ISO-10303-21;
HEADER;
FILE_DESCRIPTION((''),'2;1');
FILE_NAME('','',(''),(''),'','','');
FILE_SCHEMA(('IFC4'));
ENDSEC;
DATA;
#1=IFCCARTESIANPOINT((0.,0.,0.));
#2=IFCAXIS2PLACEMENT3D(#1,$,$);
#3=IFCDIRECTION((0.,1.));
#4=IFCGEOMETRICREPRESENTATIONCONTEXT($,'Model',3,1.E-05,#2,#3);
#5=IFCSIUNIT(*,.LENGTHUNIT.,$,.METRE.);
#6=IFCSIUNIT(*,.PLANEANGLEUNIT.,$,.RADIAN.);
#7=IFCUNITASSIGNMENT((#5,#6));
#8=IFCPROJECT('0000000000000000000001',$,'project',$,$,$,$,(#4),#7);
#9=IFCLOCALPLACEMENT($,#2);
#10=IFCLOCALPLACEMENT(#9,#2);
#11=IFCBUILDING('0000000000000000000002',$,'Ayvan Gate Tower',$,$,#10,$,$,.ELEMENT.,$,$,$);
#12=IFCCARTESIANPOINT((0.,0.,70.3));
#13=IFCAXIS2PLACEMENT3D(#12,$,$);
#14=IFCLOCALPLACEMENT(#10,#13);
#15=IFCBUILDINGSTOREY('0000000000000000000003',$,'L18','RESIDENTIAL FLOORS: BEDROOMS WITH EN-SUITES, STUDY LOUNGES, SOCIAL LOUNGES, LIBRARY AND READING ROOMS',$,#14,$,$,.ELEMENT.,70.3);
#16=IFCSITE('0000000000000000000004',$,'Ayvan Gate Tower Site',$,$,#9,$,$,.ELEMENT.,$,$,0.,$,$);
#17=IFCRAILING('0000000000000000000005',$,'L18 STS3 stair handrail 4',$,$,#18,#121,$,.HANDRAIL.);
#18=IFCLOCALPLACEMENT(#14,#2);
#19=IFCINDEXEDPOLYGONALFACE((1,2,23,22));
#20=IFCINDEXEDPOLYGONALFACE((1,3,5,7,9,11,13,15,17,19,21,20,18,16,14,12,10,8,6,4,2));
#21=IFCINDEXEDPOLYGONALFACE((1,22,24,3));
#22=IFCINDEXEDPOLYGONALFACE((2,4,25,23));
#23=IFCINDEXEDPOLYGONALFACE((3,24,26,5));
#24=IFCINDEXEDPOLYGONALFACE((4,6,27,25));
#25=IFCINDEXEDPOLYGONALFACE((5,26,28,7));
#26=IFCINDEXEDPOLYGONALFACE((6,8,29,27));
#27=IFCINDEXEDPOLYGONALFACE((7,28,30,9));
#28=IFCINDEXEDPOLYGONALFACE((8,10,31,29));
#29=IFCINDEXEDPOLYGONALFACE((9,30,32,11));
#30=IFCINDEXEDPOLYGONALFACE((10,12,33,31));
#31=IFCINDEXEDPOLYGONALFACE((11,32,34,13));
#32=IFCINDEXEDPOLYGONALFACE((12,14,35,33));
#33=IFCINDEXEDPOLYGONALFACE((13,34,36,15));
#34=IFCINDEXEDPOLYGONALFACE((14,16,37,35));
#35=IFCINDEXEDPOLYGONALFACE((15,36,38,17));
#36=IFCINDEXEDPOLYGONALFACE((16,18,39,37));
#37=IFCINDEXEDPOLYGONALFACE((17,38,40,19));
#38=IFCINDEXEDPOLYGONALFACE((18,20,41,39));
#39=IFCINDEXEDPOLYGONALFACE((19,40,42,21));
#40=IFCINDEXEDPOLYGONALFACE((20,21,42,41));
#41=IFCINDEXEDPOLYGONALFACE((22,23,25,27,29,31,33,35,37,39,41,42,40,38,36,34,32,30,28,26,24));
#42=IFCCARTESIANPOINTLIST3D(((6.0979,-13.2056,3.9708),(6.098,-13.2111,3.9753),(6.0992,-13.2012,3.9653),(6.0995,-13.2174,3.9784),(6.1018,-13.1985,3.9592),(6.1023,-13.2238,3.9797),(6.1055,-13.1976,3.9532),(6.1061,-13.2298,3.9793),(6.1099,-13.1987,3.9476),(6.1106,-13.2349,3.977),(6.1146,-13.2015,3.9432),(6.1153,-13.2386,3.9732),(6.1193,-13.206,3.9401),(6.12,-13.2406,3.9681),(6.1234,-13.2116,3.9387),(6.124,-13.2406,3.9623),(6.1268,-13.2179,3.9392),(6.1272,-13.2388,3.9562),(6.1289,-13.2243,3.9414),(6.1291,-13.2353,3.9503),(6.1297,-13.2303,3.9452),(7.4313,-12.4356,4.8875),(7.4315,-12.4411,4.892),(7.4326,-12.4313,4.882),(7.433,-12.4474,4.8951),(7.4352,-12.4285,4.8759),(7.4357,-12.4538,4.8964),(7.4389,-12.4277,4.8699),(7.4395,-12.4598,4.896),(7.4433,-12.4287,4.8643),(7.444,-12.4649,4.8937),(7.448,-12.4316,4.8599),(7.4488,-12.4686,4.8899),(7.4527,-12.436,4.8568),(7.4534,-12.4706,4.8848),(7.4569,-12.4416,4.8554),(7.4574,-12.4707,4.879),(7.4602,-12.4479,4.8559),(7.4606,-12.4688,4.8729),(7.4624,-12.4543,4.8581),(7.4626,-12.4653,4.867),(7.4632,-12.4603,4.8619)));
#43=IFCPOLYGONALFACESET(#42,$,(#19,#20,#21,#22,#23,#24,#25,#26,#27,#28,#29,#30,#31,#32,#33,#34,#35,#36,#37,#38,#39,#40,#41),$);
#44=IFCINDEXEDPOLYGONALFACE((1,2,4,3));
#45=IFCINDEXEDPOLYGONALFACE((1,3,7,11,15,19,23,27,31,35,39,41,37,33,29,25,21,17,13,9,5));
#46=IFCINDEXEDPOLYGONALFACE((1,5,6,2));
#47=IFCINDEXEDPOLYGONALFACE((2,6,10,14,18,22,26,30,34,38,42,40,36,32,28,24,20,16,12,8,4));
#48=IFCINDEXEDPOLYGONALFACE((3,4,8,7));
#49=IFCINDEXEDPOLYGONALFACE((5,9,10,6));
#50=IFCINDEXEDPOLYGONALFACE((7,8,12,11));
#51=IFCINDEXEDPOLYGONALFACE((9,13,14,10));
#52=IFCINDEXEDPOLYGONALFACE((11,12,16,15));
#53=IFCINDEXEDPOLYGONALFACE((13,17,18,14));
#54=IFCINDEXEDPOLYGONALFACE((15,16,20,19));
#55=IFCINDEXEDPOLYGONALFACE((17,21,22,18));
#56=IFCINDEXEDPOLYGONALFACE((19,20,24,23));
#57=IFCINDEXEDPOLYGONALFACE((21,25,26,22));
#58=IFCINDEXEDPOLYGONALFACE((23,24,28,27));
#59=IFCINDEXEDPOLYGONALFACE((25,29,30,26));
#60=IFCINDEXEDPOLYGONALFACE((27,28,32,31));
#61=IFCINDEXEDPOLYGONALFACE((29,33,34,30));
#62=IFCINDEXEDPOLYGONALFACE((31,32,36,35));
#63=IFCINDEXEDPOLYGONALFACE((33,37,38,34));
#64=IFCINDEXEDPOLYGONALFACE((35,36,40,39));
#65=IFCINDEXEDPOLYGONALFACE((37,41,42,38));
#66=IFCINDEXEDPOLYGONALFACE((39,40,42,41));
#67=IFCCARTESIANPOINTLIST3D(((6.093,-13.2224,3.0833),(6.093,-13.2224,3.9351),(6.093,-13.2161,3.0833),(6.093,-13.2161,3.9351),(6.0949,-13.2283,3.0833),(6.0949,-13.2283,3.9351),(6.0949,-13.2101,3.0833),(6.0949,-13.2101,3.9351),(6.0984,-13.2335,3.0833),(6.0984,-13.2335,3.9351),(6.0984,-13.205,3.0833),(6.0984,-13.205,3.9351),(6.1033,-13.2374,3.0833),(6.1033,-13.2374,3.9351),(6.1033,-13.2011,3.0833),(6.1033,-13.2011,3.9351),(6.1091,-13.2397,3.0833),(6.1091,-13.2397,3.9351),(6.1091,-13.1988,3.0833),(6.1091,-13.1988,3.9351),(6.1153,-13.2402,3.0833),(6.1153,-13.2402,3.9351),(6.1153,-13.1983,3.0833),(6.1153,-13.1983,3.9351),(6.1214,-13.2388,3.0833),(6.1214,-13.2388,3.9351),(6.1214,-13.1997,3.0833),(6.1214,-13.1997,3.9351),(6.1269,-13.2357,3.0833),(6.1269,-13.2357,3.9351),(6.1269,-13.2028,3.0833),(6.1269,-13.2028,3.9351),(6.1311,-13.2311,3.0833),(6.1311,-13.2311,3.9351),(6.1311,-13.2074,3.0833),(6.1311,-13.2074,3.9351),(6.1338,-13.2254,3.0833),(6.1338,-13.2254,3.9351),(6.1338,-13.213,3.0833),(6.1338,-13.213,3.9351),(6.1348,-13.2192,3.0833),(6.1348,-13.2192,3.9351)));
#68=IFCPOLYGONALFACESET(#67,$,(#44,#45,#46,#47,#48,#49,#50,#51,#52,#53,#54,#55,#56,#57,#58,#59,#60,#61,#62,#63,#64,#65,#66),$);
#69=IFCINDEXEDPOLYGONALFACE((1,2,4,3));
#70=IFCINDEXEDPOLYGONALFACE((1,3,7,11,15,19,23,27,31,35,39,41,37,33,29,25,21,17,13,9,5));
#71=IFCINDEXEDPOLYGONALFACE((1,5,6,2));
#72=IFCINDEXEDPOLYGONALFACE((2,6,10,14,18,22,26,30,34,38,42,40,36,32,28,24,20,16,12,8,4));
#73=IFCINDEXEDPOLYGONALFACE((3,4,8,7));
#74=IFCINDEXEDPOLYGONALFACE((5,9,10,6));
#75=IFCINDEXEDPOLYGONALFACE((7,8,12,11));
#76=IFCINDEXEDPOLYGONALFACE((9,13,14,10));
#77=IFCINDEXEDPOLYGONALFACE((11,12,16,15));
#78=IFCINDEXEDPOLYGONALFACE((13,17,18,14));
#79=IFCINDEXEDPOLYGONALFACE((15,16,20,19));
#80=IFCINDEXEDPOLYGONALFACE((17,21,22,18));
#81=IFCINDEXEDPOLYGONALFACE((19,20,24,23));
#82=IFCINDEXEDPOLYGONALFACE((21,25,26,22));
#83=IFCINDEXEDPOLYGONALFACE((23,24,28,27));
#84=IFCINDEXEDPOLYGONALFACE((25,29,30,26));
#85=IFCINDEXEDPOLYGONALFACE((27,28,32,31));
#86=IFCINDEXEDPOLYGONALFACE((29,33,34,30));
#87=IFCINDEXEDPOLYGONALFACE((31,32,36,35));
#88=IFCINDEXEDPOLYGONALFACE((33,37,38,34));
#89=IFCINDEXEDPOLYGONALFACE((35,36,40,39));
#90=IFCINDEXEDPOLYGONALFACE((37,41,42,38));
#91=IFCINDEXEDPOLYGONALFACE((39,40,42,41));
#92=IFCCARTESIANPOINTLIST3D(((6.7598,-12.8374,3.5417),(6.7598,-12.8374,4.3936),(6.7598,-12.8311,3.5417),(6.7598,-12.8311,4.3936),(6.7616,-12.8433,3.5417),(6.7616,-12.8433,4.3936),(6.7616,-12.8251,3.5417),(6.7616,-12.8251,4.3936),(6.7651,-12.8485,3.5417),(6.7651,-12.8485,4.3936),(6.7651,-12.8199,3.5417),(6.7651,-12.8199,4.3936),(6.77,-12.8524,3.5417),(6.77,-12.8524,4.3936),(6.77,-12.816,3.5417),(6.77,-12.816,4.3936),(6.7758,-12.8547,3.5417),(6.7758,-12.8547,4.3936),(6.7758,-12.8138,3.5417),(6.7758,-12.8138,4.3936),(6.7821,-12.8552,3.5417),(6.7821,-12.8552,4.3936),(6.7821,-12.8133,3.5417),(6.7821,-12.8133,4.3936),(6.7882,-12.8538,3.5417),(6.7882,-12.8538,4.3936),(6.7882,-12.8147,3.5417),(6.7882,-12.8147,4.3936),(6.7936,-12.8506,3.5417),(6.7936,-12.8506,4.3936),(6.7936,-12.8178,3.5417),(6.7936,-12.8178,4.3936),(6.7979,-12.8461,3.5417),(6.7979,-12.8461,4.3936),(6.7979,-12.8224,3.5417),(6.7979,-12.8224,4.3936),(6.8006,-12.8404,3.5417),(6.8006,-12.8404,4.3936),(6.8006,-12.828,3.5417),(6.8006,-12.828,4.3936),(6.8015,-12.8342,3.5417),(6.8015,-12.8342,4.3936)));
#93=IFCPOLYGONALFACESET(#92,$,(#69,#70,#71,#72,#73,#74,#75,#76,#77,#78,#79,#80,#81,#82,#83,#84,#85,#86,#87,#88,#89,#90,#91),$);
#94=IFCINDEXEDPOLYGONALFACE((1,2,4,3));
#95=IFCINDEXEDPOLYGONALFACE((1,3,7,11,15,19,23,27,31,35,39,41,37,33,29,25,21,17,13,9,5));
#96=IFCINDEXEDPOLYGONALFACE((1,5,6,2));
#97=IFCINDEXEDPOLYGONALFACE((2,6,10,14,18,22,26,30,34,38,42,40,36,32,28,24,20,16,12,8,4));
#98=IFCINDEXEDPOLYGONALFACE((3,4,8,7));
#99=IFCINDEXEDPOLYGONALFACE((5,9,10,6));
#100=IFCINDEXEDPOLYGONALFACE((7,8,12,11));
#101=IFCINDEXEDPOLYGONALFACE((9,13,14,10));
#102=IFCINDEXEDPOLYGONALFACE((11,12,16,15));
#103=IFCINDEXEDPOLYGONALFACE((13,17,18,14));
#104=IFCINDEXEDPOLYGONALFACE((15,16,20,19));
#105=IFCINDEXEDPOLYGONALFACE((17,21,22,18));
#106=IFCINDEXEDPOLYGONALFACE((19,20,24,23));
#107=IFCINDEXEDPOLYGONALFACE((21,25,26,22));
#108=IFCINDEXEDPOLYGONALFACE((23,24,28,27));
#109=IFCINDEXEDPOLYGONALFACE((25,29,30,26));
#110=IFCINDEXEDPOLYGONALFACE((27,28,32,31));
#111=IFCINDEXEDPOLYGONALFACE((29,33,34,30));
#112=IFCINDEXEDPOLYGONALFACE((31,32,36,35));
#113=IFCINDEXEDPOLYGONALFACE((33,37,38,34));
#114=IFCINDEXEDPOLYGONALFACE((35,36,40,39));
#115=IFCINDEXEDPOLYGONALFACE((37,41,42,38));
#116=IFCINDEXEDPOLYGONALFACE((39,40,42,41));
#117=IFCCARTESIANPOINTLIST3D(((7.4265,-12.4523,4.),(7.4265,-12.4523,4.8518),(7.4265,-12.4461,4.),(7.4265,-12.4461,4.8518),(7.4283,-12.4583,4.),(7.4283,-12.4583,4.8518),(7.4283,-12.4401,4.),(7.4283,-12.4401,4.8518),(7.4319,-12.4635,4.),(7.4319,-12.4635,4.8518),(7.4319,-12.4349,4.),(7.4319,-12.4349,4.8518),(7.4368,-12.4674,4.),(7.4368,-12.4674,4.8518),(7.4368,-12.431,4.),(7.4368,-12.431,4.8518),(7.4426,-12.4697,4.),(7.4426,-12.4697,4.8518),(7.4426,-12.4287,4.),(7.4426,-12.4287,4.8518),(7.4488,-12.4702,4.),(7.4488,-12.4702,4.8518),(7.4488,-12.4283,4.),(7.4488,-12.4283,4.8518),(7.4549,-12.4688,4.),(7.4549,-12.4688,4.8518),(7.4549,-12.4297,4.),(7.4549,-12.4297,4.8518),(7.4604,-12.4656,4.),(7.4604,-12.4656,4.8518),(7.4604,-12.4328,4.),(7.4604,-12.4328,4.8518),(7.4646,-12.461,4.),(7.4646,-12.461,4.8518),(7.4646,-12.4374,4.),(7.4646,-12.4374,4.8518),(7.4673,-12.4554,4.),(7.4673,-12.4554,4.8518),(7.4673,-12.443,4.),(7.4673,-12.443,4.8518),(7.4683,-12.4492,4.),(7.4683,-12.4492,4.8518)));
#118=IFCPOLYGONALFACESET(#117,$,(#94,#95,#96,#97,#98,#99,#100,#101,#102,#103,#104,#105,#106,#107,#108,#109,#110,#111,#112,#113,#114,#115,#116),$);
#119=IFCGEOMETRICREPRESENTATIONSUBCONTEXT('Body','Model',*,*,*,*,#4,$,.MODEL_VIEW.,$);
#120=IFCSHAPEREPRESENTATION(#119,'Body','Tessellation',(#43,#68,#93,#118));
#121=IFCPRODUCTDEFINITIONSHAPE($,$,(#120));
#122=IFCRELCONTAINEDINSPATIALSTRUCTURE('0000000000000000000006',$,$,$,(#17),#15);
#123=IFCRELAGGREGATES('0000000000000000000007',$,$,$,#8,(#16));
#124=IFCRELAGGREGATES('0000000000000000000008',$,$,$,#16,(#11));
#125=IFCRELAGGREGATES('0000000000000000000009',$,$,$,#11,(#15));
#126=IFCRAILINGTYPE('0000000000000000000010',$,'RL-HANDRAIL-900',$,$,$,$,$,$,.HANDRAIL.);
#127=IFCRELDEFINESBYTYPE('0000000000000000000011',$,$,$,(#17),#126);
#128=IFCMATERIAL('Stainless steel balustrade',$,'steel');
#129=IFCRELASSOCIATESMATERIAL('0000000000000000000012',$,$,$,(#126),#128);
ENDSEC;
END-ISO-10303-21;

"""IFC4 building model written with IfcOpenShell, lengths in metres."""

from ifc_helpers import new_model, si_unit, direction, frame, origin, origin_2d, place, context, subcontext, project, spatial, circle, extrude, material, type_object, element, save


model = new_model("IFC4")

# Units and contexts
model_context = context("Model", 3, precision=1e-05, world=origin(), true_north=direction((0.0, 1.0)))
body_context = subcontext(model_context, "Body", "Model", "MODEL_VIEW")
ifc_project = project(units=[si_unit("LENGTHUNIT", "METRE"), si_unit("PLANEANGLEUNIT", "RADIAN")], contexts=[model_context])

# Site, building, storey
site_placement = place(None, origin())
site = spatial("IfcSite", under=ifc_project, at=site_placement, Name="Ayvan Gate Tower Site", CompositionType="ELEMENT", RefElevation=0.0)
building_placement = place(site_placement, origin())
building = spatial("IfcBuilding", under=site, at=building_placement, Name="Ayvan Gate Tower", CompositionType="ELEMENT")
storey_placement = place(building_placement, frame((0.0, 0.0, 70.3)))
storey = spatial("IfcBuildingStorey", under=building, at=storey_placement, Name="L18", Description="RESIDENTIAL FLOORS: BEDROOMS WITH EN-SUITES, STUDY LOUNGES, SOCIAL LOUNGES, LIBRARY AND READING ROOMS", CompositionType="ELEMENT", Elevation=70.3)

# Railing
ifc_material_1 = material(Name="Stainless steel balustrade", Category="steel")
railing_type_1 = type_object("IfcRailingType", Name="RL-HANDRAIL-900", PredefinedType="HANDRAIL", material=ifc_material_1)
railing_1_placement = place(storey_placement, frame((6.1138, -13.2192, 3.0833)))
element("IfcRailing", 1, at=railing_1_placement, inside=storey, type_object=railing_type_1, Name="L18 STS3 stair handrail 4", PredefinedType="HANDRAIL", context=body_context, shape_type="SweptSolid", body=[
    extrude(circle(Radius=0.0239, at=origin_2d()), frame((0.0, 0.0, 0.876), z_axis=(0.744103, 0.429678, 0.511554), x_axis=(-0.500061, 0.86599, 0.0)), (0.0, 0.0, 1.0), 1.792),
    extrude(circle(Radius=0.021, at=origin_2d()), origin(), (0.0, 0.0, 1.0), 0.8518),
    extrude(circle(Radius=0.021, at=origin_2d()), frame((0.6667, 0.385, 0.4585)), (0.0, 0.0, 1.0), 0.8518),
    extrude(circle(Radius=0.021, at=origin_2d()), frame((1.3335, 0.77, 0.9167)), (0.0, 0.0, 1.0), 0.8518),
])

save(model, "model.ifc")
